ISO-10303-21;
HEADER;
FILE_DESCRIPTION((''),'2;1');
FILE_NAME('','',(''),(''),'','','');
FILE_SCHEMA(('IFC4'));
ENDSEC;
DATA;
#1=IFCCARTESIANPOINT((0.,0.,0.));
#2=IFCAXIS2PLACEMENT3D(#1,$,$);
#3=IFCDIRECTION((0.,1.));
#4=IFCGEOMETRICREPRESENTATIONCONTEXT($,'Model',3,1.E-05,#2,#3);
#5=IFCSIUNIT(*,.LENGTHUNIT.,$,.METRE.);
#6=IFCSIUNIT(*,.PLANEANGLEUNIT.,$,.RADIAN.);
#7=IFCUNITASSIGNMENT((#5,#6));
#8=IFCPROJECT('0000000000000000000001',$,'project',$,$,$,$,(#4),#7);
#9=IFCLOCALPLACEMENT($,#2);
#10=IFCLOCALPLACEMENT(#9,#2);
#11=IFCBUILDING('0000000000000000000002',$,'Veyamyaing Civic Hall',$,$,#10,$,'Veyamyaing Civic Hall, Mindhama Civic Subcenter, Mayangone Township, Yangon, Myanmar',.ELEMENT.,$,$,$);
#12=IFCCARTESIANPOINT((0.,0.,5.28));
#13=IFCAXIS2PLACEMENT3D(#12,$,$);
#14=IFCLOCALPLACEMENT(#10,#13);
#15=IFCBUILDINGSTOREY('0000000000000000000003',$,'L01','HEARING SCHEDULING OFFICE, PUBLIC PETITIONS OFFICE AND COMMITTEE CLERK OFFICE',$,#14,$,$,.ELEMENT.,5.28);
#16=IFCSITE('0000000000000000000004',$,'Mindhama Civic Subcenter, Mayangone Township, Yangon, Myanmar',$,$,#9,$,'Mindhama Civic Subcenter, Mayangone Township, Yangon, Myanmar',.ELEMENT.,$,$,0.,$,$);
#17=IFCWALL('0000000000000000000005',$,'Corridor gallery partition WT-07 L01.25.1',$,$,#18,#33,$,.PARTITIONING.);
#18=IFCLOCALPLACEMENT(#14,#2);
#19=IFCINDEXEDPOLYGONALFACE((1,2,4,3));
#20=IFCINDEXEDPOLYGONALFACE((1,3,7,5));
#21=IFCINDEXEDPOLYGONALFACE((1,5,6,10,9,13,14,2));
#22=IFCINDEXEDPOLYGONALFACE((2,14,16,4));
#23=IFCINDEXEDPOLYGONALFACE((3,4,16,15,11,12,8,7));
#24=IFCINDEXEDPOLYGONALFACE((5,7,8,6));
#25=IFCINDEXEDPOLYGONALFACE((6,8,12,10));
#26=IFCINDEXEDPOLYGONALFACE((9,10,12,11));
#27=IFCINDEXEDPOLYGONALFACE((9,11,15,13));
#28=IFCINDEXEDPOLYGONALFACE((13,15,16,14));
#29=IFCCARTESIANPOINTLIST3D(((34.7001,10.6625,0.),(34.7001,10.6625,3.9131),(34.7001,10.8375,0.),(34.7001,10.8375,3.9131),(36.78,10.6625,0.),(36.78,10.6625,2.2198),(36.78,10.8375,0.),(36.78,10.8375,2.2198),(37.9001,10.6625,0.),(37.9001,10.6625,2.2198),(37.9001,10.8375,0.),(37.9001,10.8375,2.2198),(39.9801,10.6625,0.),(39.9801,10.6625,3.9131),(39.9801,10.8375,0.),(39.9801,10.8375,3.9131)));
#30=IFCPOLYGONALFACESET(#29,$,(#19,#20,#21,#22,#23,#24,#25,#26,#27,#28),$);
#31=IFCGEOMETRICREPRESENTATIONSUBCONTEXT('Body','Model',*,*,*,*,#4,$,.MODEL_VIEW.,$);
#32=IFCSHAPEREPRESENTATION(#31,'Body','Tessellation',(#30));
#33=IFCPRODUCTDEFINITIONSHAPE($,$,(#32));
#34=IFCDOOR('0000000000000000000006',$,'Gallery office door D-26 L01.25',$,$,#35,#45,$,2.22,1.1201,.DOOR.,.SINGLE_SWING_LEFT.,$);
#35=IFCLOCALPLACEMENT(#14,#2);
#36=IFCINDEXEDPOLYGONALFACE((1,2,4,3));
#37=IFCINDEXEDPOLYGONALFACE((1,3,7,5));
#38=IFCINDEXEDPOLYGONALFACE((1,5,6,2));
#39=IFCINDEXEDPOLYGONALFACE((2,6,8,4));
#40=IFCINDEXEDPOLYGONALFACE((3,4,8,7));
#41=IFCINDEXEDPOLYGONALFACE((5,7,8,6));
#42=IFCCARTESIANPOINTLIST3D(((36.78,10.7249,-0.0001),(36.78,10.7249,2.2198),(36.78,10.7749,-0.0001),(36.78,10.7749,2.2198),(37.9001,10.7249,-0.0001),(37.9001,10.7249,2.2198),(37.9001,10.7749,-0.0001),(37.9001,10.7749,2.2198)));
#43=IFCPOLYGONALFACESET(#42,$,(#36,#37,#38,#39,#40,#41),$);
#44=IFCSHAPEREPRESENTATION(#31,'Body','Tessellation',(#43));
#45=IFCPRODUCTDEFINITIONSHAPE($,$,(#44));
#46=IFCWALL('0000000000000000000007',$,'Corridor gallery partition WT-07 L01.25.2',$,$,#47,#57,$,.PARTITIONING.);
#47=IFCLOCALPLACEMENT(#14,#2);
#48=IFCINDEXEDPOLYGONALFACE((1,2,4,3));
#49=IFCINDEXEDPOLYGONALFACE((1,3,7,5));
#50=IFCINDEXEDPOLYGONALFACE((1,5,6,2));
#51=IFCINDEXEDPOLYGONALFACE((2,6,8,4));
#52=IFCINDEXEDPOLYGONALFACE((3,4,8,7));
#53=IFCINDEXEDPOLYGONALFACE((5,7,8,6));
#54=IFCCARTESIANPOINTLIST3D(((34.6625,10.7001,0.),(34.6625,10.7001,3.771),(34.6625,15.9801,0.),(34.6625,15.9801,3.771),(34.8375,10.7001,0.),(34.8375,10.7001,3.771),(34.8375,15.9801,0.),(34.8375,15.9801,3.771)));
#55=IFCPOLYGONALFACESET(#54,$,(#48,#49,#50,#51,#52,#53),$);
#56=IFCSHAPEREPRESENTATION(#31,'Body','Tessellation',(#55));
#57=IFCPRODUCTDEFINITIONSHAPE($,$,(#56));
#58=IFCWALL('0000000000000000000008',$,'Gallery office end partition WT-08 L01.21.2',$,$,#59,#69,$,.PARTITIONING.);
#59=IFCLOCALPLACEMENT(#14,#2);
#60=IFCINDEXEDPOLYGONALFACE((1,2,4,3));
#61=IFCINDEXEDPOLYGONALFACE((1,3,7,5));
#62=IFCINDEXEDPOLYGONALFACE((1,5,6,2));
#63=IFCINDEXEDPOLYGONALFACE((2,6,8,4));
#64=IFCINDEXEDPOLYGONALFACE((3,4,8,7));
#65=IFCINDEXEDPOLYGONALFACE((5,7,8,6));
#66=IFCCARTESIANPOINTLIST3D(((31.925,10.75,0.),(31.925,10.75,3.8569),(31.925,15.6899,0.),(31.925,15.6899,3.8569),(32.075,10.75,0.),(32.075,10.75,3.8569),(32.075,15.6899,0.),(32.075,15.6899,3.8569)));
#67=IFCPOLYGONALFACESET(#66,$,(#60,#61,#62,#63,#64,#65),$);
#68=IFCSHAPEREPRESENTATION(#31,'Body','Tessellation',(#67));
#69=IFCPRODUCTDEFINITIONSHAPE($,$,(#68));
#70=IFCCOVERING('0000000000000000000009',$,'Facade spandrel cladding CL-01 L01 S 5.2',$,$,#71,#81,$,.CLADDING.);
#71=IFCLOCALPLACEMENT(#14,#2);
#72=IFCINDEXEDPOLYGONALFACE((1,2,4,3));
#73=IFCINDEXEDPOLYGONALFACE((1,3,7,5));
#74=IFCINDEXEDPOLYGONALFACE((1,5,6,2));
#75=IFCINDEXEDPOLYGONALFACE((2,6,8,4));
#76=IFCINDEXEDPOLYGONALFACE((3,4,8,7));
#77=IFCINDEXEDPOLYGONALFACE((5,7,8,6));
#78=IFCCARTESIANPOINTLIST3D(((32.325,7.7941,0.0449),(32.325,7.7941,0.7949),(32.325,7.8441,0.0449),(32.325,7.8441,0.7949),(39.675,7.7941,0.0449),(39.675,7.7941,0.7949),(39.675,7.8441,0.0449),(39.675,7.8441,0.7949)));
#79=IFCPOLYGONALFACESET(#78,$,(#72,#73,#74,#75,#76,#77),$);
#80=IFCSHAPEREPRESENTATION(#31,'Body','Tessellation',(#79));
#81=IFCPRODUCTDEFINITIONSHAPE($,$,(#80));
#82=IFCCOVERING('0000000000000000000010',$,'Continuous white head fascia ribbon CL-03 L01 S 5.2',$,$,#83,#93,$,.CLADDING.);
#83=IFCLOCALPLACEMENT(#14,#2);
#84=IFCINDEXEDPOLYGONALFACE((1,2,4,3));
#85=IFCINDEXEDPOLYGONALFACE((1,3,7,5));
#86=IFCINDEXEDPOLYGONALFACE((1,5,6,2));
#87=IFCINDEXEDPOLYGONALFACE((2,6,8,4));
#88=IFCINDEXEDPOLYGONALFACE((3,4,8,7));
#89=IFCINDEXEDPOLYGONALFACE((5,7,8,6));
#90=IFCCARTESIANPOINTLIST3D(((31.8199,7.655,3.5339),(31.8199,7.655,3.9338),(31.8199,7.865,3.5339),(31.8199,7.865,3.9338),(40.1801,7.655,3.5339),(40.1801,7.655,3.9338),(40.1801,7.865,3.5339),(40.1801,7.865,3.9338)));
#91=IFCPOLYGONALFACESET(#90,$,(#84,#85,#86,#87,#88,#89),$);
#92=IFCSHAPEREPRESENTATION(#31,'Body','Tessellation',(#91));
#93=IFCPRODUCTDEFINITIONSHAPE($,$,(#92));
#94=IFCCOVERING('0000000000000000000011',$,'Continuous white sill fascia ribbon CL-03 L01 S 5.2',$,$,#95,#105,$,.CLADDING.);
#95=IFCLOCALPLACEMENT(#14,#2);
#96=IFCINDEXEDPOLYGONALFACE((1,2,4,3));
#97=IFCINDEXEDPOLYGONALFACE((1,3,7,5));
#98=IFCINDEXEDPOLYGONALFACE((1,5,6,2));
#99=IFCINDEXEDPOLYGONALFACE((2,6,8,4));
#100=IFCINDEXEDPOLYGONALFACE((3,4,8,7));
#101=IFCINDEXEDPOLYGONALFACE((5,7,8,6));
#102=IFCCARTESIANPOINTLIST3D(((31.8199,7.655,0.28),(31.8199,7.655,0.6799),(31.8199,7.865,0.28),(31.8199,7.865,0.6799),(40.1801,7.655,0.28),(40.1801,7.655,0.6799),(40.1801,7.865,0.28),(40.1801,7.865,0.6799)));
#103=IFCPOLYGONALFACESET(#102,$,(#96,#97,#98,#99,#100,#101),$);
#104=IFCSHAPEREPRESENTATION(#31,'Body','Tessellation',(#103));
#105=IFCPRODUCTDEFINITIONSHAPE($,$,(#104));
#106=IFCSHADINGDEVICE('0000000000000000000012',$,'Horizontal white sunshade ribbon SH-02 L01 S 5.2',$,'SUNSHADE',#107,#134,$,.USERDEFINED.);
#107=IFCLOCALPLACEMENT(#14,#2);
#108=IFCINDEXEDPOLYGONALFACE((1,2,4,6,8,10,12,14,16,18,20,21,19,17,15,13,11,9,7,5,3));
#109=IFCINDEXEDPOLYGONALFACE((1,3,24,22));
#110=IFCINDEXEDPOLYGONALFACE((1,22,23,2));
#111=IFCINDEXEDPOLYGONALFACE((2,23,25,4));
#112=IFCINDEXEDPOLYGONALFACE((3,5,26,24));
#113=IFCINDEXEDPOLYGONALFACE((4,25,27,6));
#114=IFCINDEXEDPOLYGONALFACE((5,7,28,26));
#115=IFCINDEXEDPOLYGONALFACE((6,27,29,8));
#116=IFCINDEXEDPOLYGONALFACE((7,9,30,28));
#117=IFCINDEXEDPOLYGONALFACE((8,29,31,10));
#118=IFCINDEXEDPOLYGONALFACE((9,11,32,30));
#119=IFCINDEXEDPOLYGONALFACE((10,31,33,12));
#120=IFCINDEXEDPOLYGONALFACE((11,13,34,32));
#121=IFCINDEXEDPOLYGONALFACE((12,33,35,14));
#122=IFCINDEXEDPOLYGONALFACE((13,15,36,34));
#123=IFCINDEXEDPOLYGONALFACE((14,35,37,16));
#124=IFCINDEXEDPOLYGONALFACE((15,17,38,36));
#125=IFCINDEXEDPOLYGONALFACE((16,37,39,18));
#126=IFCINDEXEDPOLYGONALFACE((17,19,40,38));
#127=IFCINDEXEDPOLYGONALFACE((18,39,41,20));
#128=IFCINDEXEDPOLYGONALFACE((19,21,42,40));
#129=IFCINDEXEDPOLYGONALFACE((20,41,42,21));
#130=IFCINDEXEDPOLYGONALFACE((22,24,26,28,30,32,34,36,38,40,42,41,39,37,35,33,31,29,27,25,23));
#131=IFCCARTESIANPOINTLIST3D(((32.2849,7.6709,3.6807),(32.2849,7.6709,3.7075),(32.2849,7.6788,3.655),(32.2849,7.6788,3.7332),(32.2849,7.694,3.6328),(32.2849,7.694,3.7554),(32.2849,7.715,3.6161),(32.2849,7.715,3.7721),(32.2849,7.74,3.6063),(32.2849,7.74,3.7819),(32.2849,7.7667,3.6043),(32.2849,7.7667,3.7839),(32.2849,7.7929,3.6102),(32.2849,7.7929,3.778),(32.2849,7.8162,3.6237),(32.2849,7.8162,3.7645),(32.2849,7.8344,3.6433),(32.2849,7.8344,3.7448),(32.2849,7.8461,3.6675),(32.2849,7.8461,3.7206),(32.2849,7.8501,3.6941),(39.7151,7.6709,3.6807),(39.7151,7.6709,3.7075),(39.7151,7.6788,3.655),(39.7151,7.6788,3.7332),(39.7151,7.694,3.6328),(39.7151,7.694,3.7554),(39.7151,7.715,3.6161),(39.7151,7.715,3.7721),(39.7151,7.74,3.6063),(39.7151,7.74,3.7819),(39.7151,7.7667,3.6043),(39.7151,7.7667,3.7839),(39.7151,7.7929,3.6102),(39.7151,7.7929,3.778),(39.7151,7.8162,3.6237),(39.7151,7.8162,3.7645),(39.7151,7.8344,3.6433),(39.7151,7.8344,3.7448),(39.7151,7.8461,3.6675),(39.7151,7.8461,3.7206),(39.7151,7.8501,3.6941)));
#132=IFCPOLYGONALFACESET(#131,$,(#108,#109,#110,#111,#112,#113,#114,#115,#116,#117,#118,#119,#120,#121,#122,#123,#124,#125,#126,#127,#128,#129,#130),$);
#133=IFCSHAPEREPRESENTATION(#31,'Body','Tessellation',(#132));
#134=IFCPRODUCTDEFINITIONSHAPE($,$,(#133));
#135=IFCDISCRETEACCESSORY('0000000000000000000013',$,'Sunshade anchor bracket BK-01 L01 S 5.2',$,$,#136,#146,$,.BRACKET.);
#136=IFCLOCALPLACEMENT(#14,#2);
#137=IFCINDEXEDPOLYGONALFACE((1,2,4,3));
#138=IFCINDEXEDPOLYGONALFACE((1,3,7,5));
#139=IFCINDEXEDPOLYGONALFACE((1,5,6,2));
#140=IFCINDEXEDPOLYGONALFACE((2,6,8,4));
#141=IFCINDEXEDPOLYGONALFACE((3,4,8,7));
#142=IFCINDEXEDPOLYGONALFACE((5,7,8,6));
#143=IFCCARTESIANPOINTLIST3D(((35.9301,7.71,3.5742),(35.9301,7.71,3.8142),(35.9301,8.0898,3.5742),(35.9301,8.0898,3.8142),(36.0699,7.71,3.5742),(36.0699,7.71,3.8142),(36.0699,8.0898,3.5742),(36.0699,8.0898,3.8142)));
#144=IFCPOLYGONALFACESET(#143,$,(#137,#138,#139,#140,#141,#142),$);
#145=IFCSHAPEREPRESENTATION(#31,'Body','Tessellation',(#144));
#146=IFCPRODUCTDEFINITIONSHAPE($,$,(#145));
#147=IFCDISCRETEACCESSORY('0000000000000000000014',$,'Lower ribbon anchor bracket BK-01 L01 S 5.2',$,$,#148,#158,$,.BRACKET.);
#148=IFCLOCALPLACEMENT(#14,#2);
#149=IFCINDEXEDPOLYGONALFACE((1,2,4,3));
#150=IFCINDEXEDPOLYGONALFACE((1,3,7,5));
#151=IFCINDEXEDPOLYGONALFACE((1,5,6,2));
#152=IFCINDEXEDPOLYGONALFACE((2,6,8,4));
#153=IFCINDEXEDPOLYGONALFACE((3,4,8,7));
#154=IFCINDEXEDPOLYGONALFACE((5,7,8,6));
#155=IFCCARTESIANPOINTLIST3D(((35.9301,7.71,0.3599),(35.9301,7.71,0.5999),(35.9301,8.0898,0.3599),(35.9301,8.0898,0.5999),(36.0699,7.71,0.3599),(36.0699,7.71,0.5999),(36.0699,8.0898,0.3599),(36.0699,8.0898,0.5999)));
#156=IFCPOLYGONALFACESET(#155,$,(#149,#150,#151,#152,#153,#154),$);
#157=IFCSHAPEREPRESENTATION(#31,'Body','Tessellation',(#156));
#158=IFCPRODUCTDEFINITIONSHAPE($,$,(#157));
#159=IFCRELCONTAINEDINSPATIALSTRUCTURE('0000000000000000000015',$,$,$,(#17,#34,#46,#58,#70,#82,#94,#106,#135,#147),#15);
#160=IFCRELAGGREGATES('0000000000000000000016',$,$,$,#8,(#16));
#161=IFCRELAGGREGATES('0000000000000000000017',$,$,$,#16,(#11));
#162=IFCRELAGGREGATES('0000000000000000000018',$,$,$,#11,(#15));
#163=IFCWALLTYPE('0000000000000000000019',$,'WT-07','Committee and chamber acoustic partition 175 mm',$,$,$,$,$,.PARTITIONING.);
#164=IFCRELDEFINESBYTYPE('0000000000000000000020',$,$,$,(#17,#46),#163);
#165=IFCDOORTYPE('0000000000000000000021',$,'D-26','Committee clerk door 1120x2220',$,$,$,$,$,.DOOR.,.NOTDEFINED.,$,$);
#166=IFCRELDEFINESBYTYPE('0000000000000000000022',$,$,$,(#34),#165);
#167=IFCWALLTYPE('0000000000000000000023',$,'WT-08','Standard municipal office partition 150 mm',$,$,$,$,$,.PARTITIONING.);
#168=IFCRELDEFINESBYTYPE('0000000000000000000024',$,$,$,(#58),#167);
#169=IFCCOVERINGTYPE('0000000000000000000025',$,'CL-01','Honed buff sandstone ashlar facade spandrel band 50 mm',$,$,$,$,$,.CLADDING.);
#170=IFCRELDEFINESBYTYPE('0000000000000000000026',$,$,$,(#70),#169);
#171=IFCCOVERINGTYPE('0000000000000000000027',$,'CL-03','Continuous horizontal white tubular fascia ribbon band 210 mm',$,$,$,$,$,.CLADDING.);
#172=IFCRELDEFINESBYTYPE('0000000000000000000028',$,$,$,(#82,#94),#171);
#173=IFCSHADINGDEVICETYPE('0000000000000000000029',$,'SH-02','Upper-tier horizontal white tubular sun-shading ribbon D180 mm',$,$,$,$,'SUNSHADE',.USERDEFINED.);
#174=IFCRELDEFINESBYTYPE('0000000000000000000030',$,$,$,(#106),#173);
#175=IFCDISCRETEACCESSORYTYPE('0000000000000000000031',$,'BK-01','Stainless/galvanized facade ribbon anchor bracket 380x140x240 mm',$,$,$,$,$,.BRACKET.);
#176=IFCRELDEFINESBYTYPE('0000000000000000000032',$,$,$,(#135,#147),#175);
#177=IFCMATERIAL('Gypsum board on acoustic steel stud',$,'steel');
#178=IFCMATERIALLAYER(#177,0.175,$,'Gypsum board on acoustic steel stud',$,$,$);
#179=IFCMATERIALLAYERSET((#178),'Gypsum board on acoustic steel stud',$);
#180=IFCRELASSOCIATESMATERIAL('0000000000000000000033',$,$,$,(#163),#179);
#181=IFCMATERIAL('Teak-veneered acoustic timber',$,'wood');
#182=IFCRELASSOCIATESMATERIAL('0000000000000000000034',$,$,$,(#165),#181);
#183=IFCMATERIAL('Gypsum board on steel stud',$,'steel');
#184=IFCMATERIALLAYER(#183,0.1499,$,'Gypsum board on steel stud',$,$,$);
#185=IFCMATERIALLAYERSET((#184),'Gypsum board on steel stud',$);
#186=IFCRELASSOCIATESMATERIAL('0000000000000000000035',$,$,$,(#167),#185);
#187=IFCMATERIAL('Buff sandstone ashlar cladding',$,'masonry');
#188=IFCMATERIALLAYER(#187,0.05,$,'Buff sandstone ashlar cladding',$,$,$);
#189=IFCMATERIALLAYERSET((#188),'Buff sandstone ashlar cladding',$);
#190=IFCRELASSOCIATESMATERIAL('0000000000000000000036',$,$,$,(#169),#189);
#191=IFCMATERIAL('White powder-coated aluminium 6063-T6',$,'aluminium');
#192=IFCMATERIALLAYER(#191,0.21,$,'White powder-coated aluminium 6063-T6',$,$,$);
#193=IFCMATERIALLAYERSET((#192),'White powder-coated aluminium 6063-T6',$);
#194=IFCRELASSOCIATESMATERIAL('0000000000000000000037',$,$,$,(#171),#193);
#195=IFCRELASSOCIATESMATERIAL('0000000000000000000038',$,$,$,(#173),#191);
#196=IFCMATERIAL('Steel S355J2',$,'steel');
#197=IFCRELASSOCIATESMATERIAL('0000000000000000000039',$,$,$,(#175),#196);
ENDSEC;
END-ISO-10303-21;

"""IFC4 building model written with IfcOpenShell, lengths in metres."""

from ifc_helpers import new_model, si_unit, direction, frame, frame_2d, origin, origin_2d, place, context, subcontext, project, spatial, rectangle, circle, extrude, material, layer, layer_set, material_profile, profile_set, type_object, element, fill, save


model = new_model("IFC4")

# Units and contexts
model_context = context("Model", 3, precision=1e-05, world=origin(), true_north=direction((0.0, 1.0)))
body_context = subcontext(model_context, "Body", "Model", "MODEL_VIEW")
ifc_project = project(units=[si_unit("LENGTHUNIT", "METRE"), si_unit("PLANEANGLEUNIT", "RADIAN")], contexts=[model_context])

# Site, building, storey
site_placement = place(None, origin())
site = spatial("IfcSite", under=ifc_project, at=site_placement, Name="Mindhama Civic Subcenter, Mayangone Township, Yangon, Myanmar", LongName="Mindhama Civic Subcenter, Mayangone Township, Yangon, Myanmar", CompositionType="ELEMENT", RefElevation=0.0)
building_placement = place(site_placement, origin())
building = spatial("IfcBuilding", under=site, at=building_placement, Name="Veyamyaing Civic Hall", LongName="Veyamyaing Civic Hall, Mindhama Civic Subcenter, Mayangone Township, Yangon, Myanmar", CompositionType="ELEMENT")
storey_placement = place(building_placement, frame((0.0, 0.0, 5.28)))
storey = spatial("IfcBuildingStorey", under=building, at=storey_placement, Name="L01", Description="HEARING SCHEDULING OFFICE, PUBLIC PETITIONS OFFICE AND COMMITTEE CLERK OFFICE", CompositionType="ELEMENT", Elevation=5.28)

# Wall, opening, door
ifc_material_1 = material(Name="Gypsum board on acoustic steel stud", Category="steel")
ifc_layer_1 = layer(ifc_material_1, 0.175, Name="Gypsum board on acoustic steel stud")
ifc_layer_set_1 = layer_set([ifc_layer_1], Name="Gypsum board on acoustic steel stud")
wall_type_1 = type_object("IfcWallType", Name="WT-07", Description="Committee and chamber acoustic partition 175 mm", PredefinedType="PARTITIONING", material=ifc_layer_set_1)
wall_1_placement = place(storey_placement, frame((34.7, 10.75, 0.0), z_axis=(0.0, 0.0, 1.0), x_axis=(1.0, 0.0, 0.0)))
wall_1 = element("IfcWall", 1, at=wall_1_placement, inside=storey, type_object=wall_type_1, Name="Corridor gallery partition WT-07 L01.25.1", PredefinedType="PARTITIONING", context=body_context, shape_type="SweptSolid", body=[
    extrude(rectangle(XDim=5.28, YDim=0.175, at=frame_2d((2.6401, 0.0))), origin(), (0.0, 0.0, 1.0), 3.9131),
])
opening_1_placement = place(wall_1_placement, frame((2.0801, 0.0, 0.0)))
opening_1 = element("IfcOpeningElement", 2, at=opening_1_placement, cuts=wall_1, PredefinedType="OPENING", context=body_context, shape_type="SweptSolid", body=[
    extrude(rectangle(XDim=1.1201, YDim=2.22, at=frame_2d((0.5601, 1.1099))), frame((0.0, 0.0974, 0.0), z_axis=(0.0, -1.0, 0.0), x_axis=(1.0, 0.0, 0.0)), (0.0, 0.0, 1.0), 0.1951),
])
ifc_material_2 = material(Name="Teak-veneered acoustic timber", Category="wood")
door_type = type_object("IfcDoorType", Name="D-26", Description="Committee clerk door 1120x2220", OperationType="NOTDEFINED", PredefinedType="DOOR", material=ifc_material_2)
door_placement = place(opening_1_placement, origin())
door = element("IfcDoor", 3, at=door_placement, inside=storey, type_object=door_type, Name="Gallery office door D-26 L01.25", OperationType="SINGLE_SWING_LEFT", OverallHeight=2.22, OverallWidth=1.1201, PredefinedType="DOOR", context=body_context, shape_type="SweptSolid", body=[
    extrude(rectangle(XDim=1.1201, YDim=2.22, at=frame_2d((0.5601, 1.1099))), frame((0.0, 0.0249, 0.0), z_axis=(0.0, -1.0, 0.0), x_axis=(1.0, 0.0, 0.0)), (0.0, 0.0, 1.0), 0.05),
])
fill(opening_1, door)

# Walls
wall_2_placement = place(storey_placement, frame((34.75, 10.7, 0.0), z_axis=(0.0, 0.0, 1.0), x_axis=(0.0, 1.0, 0.0)))
element("IfcWall", 4, at=wall_2_placement, inside=storey, type_object=wall_type_1, Name="Corridor gallery partition WT-07 L01.25.2", PredefinedType="PARTITIONING", context=body_context, shape_type="SweptSolid", body=[
    extrude(rectangle(XDim=5.28, YDim=0.175, at=frame_2d((2.6401, 0.0))), origin(), (0.0, 0.0, 1.0), 3.771),
])
ifc_material_3 = material(Name="Gypsum board on steel stud", Category="steel")
ifc_layer_2 = layer(ifc_material_3, 0.1499, Name="Gypsum board on steel stud")
ifc_layer_set_2 = layer_set([ifc_layer_2], Name="Gypsum board on steel stud")
wall_type_2 = type_object("IfcWallType", Name="WT-08", Description="Standard municipal office partition 150 mm", PredefinedType="PARTITIONING", material=ifc_layer_set_2)
wall_3_placement = place(storey_placement, frame((32.0, 10.75, 0.0), z_axis=(0.0, 0.0, 1.0), x_axis=(0.0, 1.0, 0.0)))
element("IfcWall", 5, at=wall_3_placement, inside=storey, type_object=wall_type_2, Name="Gallery office end partition WT-08 L01.21.2", PredefinedType="PARTITIONING", context=body_context, shape_type="SweptSolid", body=[
    extrude(rectangle(XDim=4.9399, YDim=0.1499, at=frame_2d((2.47, 0.0))), origin(), (0.0, 0.0, 1.0), 3.8569),
])

# Coverings
ifc_material_4 = material(Name="Buff sandstone ashlar cladding", Category="masonry")
ifc_layer_3 = layer(ifc_material_4, 0.05, Name="Buff sandstone ashlar cladding")
ifc_layer_set_3 = layer_set([ifc_layer_3], Name="Buff sandstone ashlar cladding")
covering_type_1 = type_object("IfcCoveringType", Name="CL-01", Description="Honed buff sandstone ashlar facade spandrel band 50 mm", PredefinedType="CLADDING", material=ifc_layer_set_3)
covering_placement = place(storey_placement, frame((36.0, 7.8191, 0.0449), z_axis=(0.0, 0.0, 1.0), x_axis=(1.0, 0.0, 0.0)))
element("IfcCovering", 6, at=covering_placement, inside=storey, type_object=covering_type_1, Name="Facade spandrel cladding CL-01 L01 S 5.2", PredefinedType="CLADDING", context=body_context, shape_type="SweptSolid", body=[
    extrude(rectangle(XDim=7.3501, YDim=0.05, at=origin_2d()), origin(), (0.0, 0.0, 1.0), 0.75),
])
ifc_material_5 = material(Name="White powder-coated aluminium 6063-T6", Category="aluminium")
ifc_layer_4 = layer(ifc_material_5, 0.21, Name="White powder-coated aluminium 6063-T6")
ifc_layer_set_4 = layer_set([ifc_layer_4], Name="White powder-coated aluminium 6063-T6")
covering_type_2 = type_object("IfcCoveringType", Name="CL-03", Description="Continuous horizontal white tubular fascia ribbon band 210 mm", PredefinedType="CLADDING", material=ifc_layer_set_4)
for number, where, z_axis, x_axis, name in (
    (7, (36.0, 7.76, 3.5339), (0.0, 0.0, 1.0), (1.0, 0.0, 0.0), "Continuous white head fascia ribbon CL-03 L01 S 5.2"),
    (8, (36.0, 7.76, 0.28), (0.0, 0.0, 1.0), (1.0, 0.0, 0.0), "Continuous white sill fascia ribbon CL-03 L01 S 5.2"),
):
    element("IfcCovering", number, at=place(storey_placement, frame(where, z_axis=z_axis, x_axis=x_axis)), inside=storey, type_object=covering_type_2, Name=name, PredefinedType="CLADDING", context=body_context, shape_type="SweptSolid", body=[
        extrude(rectangle(XDim=8.3601, YDim=0.21, at=origin_2d()), origin(), (0.0, 0.0, 1.0), 0.3999),
    ])

# Shading device
ifc_material_profile_1 = material_profile(ifc_material_5, circle(Radius=0.0901, at=origin_2d()), Name="SHADE-TUBE-180")
ifc_profile_set_1 = profile_set([ifc_material_profile_1], Name="White powder-coated aluminium 6063-T6")
shading_device_type = type_object("IfcShadingDeviceType", Name="SH-02", Description="Upper-tier horizontal white tubular sun-shading ribbon D180 mm", ElementType="SUNSHADE", PredefinedType="USERDEFINED", material=ifc_profile_set_1)
shading_device_placement = place(storey_placement, frame((32.2849, 7.76, 3.6941), z_axis=(1.0, 0.0, 0.0), x_axis=(0.0, 1.0, 0.0)))
element("IfcShadingDevice", 9, at=shading_device_placement, inside=storey, type_object=shading_device_type, Name="Horizontal white sunshade ribbon SH-02 L01 S 5.2", ObjectType="SUNSHADE", PredefinedType="USERDEFINED", context=body_context, shape_type="SweptSolid", body=[
    extrude(circle(Radius=0.0901, at=origin_2d()), origin(), (0.0, 0.0, 1.0), 7.4302),
])

# Discrete accessories
ifc_material_6 = material(Name="Steel S355J2", Category="steel")
discrete_accessory_type = type_object("IfcDiscreteAccessoryType", Name="BK-01", Description="Stainless/galvanized facade ribbon anchor bracket 380x140x240 mm", PredefinedType="BRACKET", material=ifc_material_6)
for number, where, z_axis, x_axis, name in (
    (10, (36.0, 7.8999, 3.5742), (0.0, 0.0, 1.0), (0.0, -1.0, 0.0), "Sunshade anchor bracket BK-01 L01 S 5.2"),
    (11, (36.0, 7.8999, 0.3599), (0.0, 0.0, 1.0), (0.0, -1.0, 0.0), "Lower ribbon anchor bracket BK-01 L01 S 5.2"),
):
    element("IfcDiscreteAccessory", number, at=place(storey_placement, frame(where, z_axis=z_axis, x_axis=x_axis)), inside=storey, type_object=discrete_accessory_type, Name=name, PredefinedType="BRACKET", context=body_context, shape_type="SweptSolid", body=[
        extrude(rectangle(XDim=0.3799, YDim=0.1399, at=origin_2d()), origin(), (0.0, 0.0, 1.0), 0.24),
    ])

save(model, "model.ifc")
